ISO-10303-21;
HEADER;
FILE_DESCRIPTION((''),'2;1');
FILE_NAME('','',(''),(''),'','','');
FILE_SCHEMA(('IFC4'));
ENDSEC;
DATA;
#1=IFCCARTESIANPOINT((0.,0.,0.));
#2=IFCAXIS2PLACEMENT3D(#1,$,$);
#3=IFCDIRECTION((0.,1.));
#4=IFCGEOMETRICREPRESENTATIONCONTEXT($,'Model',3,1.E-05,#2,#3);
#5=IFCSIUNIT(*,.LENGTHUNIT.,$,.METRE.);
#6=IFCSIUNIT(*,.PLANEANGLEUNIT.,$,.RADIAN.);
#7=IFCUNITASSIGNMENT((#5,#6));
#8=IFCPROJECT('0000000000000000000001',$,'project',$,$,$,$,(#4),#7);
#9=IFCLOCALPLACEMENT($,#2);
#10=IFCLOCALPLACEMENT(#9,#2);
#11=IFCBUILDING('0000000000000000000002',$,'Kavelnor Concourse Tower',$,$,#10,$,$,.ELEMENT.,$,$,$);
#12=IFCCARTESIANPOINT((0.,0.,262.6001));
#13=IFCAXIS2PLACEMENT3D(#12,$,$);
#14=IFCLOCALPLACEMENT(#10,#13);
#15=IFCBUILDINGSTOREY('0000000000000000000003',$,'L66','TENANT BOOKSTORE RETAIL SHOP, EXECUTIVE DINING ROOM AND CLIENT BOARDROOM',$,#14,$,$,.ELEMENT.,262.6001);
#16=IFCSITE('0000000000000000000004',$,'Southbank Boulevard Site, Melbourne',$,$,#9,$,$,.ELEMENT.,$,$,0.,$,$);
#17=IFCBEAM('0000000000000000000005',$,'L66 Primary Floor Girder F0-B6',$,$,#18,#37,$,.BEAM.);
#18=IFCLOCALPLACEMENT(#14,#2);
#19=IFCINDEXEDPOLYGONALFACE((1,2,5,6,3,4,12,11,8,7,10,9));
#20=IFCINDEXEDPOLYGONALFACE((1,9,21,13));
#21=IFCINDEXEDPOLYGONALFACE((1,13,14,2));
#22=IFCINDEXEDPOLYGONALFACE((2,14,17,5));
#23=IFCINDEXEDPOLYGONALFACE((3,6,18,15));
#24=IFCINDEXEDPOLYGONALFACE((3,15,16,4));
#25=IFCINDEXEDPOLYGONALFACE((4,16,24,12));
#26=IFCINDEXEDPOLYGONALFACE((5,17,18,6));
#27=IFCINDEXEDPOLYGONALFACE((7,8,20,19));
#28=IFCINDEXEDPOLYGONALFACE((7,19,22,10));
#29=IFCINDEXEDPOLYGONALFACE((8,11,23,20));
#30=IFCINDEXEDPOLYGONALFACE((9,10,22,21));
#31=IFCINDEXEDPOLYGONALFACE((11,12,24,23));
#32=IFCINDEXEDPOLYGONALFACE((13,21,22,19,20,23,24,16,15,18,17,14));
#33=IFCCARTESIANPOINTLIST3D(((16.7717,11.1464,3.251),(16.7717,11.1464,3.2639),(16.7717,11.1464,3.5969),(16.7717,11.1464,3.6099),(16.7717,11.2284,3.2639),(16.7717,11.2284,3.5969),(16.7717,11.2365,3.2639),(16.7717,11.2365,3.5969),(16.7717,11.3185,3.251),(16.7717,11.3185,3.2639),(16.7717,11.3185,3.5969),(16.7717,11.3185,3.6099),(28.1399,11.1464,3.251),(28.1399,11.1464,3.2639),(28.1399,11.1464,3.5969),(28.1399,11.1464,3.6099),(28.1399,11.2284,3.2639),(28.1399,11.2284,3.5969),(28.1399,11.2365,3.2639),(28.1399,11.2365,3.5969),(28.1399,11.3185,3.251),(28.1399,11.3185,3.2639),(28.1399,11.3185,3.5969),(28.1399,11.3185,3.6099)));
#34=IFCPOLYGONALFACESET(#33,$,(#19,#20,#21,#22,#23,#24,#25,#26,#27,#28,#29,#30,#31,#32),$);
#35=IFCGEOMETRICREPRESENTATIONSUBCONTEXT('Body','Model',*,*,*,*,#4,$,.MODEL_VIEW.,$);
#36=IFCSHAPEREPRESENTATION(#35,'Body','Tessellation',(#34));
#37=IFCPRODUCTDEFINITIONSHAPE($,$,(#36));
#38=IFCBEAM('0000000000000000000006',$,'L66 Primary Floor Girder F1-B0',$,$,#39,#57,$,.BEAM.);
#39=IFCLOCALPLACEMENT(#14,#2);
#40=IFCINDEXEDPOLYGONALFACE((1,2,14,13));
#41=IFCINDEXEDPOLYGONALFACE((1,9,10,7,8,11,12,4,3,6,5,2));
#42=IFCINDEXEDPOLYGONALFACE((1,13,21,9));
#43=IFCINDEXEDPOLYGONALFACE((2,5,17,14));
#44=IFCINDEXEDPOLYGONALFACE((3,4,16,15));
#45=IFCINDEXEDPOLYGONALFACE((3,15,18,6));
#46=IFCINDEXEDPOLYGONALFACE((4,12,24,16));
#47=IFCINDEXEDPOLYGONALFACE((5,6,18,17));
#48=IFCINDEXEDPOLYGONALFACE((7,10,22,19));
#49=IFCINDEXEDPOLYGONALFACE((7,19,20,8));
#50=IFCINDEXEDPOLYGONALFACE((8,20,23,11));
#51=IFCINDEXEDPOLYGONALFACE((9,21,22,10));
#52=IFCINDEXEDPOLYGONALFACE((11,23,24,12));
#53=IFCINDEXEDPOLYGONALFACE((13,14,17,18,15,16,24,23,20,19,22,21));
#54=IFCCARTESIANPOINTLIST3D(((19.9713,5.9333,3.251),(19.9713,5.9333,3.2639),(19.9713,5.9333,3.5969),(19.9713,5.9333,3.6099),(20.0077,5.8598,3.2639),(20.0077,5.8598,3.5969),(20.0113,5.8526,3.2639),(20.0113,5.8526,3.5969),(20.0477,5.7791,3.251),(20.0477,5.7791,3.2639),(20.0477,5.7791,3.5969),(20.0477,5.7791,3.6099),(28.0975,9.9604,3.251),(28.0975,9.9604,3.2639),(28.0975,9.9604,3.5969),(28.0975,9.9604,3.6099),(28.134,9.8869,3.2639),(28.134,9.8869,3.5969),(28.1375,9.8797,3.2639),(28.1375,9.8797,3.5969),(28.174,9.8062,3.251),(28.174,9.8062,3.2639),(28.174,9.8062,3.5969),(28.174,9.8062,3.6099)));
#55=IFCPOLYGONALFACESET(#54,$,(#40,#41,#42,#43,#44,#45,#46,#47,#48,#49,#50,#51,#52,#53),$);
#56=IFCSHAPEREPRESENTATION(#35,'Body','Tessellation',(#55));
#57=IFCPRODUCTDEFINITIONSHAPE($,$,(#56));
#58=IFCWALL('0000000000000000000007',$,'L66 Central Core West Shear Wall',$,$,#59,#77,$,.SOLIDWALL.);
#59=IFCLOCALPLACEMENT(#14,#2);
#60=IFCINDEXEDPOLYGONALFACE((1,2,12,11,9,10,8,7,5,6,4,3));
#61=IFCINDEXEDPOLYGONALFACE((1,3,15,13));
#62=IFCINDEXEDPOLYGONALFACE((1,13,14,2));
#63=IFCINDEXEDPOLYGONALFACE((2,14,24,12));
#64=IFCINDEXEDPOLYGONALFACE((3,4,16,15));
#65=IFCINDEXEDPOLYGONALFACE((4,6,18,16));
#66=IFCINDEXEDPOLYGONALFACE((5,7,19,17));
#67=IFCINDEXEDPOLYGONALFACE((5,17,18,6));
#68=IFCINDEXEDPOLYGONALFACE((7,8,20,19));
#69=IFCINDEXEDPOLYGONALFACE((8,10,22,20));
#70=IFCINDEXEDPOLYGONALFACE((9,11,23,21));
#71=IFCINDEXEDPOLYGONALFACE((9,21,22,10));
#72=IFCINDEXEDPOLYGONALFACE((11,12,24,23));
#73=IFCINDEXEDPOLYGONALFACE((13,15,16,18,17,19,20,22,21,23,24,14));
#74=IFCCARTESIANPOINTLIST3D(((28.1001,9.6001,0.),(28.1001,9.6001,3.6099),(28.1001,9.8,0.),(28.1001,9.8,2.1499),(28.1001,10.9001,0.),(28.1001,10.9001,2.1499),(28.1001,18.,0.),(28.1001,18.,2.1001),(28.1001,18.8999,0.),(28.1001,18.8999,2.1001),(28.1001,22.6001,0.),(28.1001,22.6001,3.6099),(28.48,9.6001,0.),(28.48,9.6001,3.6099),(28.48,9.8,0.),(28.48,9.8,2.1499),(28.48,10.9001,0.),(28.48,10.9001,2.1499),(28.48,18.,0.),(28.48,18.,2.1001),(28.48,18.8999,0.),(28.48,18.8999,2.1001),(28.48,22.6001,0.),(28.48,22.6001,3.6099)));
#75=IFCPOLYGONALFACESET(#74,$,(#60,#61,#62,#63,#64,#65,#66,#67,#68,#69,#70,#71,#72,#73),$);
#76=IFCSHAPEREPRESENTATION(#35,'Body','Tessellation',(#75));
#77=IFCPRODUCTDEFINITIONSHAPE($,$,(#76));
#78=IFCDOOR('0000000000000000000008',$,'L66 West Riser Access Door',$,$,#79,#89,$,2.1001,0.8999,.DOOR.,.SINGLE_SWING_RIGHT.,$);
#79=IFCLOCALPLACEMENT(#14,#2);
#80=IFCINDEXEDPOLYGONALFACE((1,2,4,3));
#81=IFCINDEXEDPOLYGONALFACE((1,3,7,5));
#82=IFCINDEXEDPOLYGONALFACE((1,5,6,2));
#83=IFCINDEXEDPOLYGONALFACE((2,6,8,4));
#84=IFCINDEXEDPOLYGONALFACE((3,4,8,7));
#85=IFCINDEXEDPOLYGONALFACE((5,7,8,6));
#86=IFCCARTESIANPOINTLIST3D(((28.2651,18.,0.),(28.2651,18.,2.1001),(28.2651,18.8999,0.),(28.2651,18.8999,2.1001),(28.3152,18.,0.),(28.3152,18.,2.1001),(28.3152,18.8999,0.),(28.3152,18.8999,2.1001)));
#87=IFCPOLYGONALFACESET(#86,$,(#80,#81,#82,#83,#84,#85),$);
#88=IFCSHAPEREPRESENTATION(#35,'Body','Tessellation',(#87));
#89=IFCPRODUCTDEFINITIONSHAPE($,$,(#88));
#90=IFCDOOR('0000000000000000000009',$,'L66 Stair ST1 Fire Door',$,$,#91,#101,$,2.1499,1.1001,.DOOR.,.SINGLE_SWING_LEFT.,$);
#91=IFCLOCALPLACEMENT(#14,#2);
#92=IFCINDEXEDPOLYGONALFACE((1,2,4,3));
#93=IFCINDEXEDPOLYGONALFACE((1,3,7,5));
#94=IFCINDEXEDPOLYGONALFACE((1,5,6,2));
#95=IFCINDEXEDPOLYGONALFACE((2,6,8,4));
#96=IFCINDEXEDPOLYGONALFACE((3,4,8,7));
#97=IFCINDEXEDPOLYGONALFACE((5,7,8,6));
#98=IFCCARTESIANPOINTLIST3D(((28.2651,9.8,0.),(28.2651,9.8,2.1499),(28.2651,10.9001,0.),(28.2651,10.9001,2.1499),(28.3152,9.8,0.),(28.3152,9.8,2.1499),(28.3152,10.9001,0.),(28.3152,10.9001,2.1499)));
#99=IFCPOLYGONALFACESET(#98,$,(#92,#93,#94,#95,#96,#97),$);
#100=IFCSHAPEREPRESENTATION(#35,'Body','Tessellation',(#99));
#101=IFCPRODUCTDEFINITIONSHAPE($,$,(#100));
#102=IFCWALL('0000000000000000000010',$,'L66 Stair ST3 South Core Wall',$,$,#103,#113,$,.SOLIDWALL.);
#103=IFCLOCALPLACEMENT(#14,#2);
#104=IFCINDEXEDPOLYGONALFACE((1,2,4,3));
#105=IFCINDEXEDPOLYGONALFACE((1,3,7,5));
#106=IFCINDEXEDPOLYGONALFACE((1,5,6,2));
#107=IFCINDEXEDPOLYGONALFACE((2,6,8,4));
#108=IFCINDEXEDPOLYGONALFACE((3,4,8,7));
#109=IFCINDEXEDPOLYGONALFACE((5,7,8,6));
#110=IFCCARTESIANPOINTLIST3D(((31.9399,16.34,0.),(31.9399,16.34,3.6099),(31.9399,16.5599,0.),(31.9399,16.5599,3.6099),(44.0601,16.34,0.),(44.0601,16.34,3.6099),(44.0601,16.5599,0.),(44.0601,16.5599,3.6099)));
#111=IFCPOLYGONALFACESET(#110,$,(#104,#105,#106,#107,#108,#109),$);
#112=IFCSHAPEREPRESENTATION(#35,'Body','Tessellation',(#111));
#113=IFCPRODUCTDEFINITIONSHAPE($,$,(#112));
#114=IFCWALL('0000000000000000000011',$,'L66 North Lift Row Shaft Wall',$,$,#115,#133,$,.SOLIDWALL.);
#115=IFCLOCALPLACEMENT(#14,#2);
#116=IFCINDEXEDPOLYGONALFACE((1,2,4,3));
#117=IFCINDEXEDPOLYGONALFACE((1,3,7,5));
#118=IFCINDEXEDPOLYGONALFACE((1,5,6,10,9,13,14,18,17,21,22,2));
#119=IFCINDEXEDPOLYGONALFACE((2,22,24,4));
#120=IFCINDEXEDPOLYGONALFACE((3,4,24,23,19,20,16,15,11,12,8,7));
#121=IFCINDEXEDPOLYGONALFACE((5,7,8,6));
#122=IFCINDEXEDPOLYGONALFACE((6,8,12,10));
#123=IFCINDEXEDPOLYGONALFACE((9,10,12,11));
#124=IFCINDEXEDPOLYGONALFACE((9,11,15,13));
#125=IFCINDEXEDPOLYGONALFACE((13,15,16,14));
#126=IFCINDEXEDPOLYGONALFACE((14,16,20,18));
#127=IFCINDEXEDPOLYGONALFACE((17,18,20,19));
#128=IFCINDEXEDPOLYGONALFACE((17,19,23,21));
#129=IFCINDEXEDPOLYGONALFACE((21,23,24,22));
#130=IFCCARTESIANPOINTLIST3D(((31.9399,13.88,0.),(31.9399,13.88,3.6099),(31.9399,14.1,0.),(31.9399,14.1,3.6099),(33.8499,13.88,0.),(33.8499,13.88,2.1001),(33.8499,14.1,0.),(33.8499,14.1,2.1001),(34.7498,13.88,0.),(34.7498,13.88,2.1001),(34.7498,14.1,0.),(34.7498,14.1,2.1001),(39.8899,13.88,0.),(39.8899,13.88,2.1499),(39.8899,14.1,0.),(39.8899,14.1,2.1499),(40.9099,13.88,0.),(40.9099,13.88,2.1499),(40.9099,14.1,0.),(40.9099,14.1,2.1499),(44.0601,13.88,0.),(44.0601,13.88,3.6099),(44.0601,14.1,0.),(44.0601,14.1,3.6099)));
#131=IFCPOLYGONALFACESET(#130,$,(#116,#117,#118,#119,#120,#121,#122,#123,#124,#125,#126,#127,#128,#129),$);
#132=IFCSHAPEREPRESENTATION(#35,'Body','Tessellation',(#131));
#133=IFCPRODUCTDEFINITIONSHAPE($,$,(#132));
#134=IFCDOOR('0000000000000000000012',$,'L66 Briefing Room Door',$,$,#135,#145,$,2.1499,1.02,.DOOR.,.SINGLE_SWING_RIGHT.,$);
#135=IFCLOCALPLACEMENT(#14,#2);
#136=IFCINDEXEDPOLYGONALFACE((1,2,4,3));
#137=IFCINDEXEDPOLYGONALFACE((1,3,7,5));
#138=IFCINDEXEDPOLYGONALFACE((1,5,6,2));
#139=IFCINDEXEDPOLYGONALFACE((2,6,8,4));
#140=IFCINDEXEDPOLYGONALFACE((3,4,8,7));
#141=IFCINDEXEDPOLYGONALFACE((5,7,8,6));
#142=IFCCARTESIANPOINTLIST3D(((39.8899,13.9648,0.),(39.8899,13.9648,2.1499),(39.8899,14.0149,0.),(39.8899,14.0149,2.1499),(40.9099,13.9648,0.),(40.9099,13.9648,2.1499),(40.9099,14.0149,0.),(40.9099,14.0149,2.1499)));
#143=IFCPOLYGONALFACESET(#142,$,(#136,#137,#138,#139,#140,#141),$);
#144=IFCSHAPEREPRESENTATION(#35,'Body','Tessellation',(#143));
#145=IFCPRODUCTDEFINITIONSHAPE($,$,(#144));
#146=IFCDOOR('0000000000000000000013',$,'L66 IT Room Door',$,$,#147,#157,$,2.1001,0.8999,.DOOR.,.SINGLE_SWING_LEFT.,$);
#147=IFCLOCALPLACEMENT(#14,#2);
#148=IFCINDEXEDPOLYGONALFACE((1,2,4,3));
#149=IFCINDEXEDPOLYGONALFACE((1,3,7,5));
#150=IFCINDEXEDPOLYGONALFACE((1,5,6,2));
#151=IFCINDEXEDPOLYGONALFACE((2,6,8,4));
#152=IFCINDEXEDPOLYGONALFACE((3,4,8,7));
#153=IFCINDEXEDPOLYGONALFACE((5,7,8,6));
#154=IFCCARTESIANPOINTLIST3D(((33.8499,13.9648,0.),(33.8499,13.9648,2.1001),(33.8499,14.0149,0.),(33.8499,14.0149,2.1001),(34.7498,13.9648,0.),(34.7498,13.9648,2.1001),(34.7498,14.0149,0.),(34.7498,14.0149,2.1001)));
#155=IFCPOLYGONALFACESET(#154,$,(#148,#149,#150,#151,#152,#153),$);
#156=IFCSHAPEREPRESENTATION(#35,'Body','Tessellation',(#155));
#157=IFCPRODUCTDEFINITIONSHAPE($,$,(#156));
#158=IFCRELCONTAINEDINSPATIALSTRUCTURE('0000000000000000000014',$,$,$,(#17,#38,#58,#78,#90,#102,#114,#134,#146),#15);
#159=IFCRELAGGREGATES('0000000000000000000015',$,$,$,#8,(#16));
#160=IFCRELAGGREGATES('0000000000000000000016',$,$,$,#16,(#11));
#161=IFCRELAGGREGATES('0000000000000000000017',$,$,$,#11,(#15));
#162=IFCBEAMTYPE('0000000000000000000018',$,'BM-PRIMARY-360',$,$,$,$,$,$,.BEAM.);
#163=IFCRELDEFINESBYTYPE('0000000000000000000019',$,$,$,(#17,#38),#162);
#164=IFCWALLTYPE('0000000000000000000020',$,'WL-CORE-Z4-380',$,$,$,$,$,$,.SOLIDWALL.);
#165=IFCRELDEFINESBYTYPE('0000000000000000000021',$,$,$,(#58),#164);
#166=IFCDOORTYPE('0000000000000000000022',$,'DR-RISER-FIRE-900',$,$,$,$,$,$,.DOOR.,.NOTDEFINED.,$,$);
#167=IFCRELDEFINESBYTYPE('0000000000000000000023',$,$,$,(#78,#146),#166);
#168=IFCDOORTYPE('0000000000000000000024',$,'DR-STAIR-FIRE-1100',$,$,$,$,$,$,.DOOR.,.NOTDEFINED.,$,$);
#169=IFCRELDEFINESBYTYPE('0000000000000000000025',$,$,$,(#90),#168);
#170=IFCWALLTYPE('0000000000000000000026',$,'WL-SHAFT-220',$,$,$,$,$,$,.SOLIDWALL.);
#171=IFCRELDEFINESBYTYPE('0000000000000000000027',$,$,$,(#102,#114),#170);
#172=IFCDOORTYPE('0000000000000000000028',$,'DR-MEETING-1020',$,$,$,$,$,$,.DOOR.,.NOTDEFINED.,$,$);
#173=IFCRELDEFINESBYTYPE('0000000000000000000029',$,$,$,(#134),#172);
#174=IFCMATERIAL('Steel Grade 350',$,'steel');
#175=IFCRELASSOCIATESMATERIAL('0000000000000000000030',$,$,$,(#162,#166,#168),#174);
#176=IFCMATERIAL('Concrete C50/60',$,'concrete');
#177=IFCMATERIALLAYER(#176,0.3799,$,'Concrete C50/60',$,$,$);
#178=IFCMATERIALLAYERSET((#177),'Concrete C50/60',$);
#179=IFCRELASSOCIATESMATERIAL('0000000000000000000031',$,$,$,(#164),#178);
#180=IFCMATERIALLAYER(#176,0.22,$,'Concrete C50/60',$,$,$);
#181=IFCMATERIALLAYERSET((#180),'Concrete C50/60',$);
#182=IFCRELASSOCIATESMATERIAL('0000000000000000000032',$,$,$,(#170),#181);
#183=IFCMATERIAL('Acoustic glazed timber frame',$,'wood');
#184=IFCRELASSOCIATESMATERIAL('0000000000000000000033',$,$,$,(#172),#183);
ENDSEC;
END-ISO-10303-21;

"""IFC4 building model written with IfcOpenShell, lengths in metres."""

from ifc_helpers import new_model, si_unit, direction, frame, frame_2d, origin, origin_2d, place, context, subcontext, project, spatial, rectangle, i_section, extrude, material, layer, layer_set, material_profile, profile_set, type_object, element, fill, save


model = new_model("IFC4")

# Units and contexts
model_context = context("Model", 3, precision=1e-05, world=origin(), true_north=direction((0.0, 1.0)))
body_context = subcontext(model_context, "Body", "Model", "MODEL_VIEW")
ifc_project = project(units=[si_unit("LENGTHUNIT", "METRE"), si_unit("PLANEANGLEUNIT", "RADIAN")], contexts=[model_context])

# Site, building, storey
site_placement = place(None, origin())
site = spatial("IfcSite", under=ifc_project, at=site_placement, Name="Southbank Boulevard Site, Melbourne", CompositionType="ELEMENT", RefElevation=0.0)
building_placement = place(site_placement, origin())
building = spatial("IfcBuilding", under=site, at=building_placement, Name="Kavelnor Concourse Tower", CompositionType="ELEMENT")
storey_placement = place(building_placement, frame((0.0, 0.0, 262.6001)))
storey = spatial("IfcBuildingStorey", under=building, at=storey_placement, Name="L66", Description="TENANT BOOKSTORE RETAIL SHOP, EXECUTIVE DINING ROOM AND CLIENT BOARDROOM", CompositionType="ELEMENT", Elevation=262.6001)

# Beams
ifc_material_1 = material(Name="Steel Grade 350", Category="steel")
ifc_material_profile = material_profile(ifc_material_1, i_section(OverallWidth=0.1721, OverallDepth=0.3589, WebThickness=0.0081, FlangeThickness=0.0129, at=origin_2d()), Name="360UB56")
ifc_profile_set = profile_set([ifc_material_profile], Name="Steel Grade 350")
beam_type = type_object("IfcBeamType", Name="BM-PRIMARY-360", PredefinedType="BEAM", material=ifc_profile_set)
beam_1_placement = place(storey_placement, frame((28.1399, 11.2324, 3.4304), z_axis=(-1.0, 0.0, 0.0), x_axis=(0.0, -1.0, 0.0)))
element("IfcBeam", 1, at=beam_1_placement, inside=storey, type_object=beam_type, Name="L66 Primary Floor Girder F0-B6", PredefinedType="BEAM", context=body_context, shape_type="SweptSolid", body=[
    extrude(i_section(OverallWidth=0.1721, OverallDepth=0.3589, WebThickness=0.0081, FlangeThickness=0.0129, at=origin_2d()), origin(), (0.0, 0.0, 1.0), 11.3682),
])
beam_2_placement = place(storey_placement, frame((28.1357, 9.8833, 3.4304), z_axis=(-0.89601, -0.444034, 0.0), x_axis=(0.444034, -0.89601, 0.0)))
element("IfcBeam", 2, at=beam_2_placement, inside=storey, type_object=beam_type, Name="L66 Primary Floor Girder F1-B0", PredefinedType="BEAM", context=body_context, shape_type="SweptSolid", body=[
    extrude(i_section(OverallWidth=0.1721, OverallDepth=0.3589, WebThickness=0.0081, FlangeThickness=0.0129, at=origin_2d()), origin(), (0.0, 0.0, 1.0), 9.0693),
])

# Wall, openings, doors
ifc_material_2 = material(Name="Concrete C50/60", Category="concrete")
ifc_layer_1 = layer(ifc_material_2, 0.3799, Name="Concrete C50/60")
ifc_layer_set_1 = layer_set([ifc_layer_1], Name="Concrete C50/60")
wall_type_1 = type_object("IfcWallType", Name="WL-CORE-Z4-380", PredefinedType="SOLIDWALL", material=ifc_layer_set_1)
wall_1_placement = place(storey_placement, frame((28.29, 9.6001, 0.0), z_axis=(0.0, 0.0, 1.0), x_axis=(0.0, 1.0, 0.0)))
wall_1 = element("IfcWall", 3, at=wall_1_placement, inside=storey, type_object=wall_type_1, Name="L66 Central Core West Shear Wall", PredefinedType="SOLIDWALL", context=body_context, shape_type="SweptSolid", body=[
    extrude(rectangle(XDim=13.0, YDim=0.3799, at=frame_2d((6.5, 0.0))), origin(), (0.0, 0.0, 1.0), 3.6099),
])
opening_1_placement = place(wall_1_placement, frame((0.2, 0.0, 0.0)))
opening_1 = element("IfcOpeningElement", 4, at=opening_1_placement, cuts=wall_1, PredefinedType="OPENING", context=body_context, shape_type="SweptSolid", body=[
    extrude(rectangle(XDim=1.1001, YDim=2.1499, at=frame_2d((0.55, 1.075))), frame((0.0, 0.2, 0.0), z_axis=(0.0, -1.0, 0.0), x_axis=(1.0, 0.0, 0.0)), (0.0, 0.0, 1.0), 0.3999),
])
opening_2_placement = place(wall_1_placement, frame((8.3999, 0.0, 0.0)))
opening_2 = element("IfcOpeningElement", 5, at=opening_2_placement, cuts=wall_1, PredefinedType="OPENING", context=body_context, shape_type="SweptSolid", body=[
    extrude(rectangle(XDim=0.8999, YDim=2.1001, at=frame_2d((0.45, 1.05))), frame((0.0, 0.2, 0.0), z_axis=(0.0, -1.0, 0.0), x_axis=(1.0, 0.0, 0.0)), (0.0, 0.0, 1.0), 0.3999),
])
door_type_1 = type_object("IfcDoorType", Name="DR-RISER-FIRE-900", OperationType="NOTDEFINED", PredefinedType="DOOR", material=ifc_material_1)
door_1_placement = place(opening_2_placement, origin())
door_1 = element("IfcDoor", 6, at=door_1_placement, inside=storey, type_object=door_type_1, Name="L66 West Riser Access Door", OperationType="SINGLE_SWING_RIGHT", OverallHeight=2.1001, OverallWidth=0.8999, PredefinedType="DOOR", context=body_context, shape_type="SweptSolid", body=[
    extrude(rectangle(XDim=0.8999, YDim=2.1001, at=frame_2d((0.45, 1.05))), frame((0.0, 0.0249, 0.0), z_axis=(0.0, -1.0, 0.0), x_axis=(1.0, 0.0, 0.0)), (0.0, 0.0, 1.0), 0.05),
])
fill(opening_2, door_1)
door_type_2 = type_object("IfcDoorType", Name="DR-STAIR-FIRE-1100", OperationType="NOTDEFINED", PredefinedType="DOOR", material=ifc_material_1)
door_2_placement = place(opening_1_placement, origin())
door_2 = element("IfcDoor", 7, at=door_2_placement, inside=storey, type_object=door_type_2, Name="L66 Stair ST1 Fire Door", OperationType="SINGLE_SWING_LEFT", OverallHeight=2.1499, OverallWidth=1.1001, PredefinedType="DOOR", context=body_context, shape_type="SweptSolid", body=[
    extrude(rectangle(XDim=1.1001, YDim=2.1499, at=frame_2d((0.55, 1.075))), frame((0.0, 0.0249, 0.0), z_axis=(0.0, -1.0, 0.0), x_axis=(1.0, 0.0, 0.0)), (0.0, 0.0, 1.0), 0.05),
])
fill(opening_1, door_2)

# Wall
ifc_layer_2 = layer(ifc_material_2, 0.22, Name="Concrete C50/60")
ifc_layer_set_2 = layer_set([ifc_layer_2], Name="Concrete C50/60")
wall_type_2 = type_object("IfcWallType", Name="WL-SHAFT-220", PredefinedType="SOLIDWALL", material=ifc_layer_set_2)
wall_2_placement = place(storey_placement, frame((31.9399, 16.45, 0.0), z_axis=(0.0, 0.0, 1.0), x_axis=(1.0, 0.0, 0.0)))
element("IfcWall", 8, at=wall_2_placement, inside=storey, type_object=wall_type_2, Name="L66 Stair ST3 South Core Wall", PredefinedType="SOLIDWALL", context=body_context, shape_type="SweptSolid", body=[
    extrude(rectangle(XDim=12.1201, YDim=0.22, at=frame_2d((6.0601, 0.0))), origin(), (0.0, 0.0, 1.0), 3.6099),
])

# Wall, openings, doors
wall_3_placement = place(storey_placement, frame((31.9399, 13.99, 0.0), z_axis=(0.0, 0.0, 1.0), x_axis=(1.0, 0.0, 0.0)))
wall_3 = element("IfcWall", 9, at=wall_3_placement, inside=storey, type_object=wall_type_2, Name="L66 North Lift Row Shaft Wall", PredefinedType="SOLIDWALL", context=body_context, shape_type="SweptSolid", body=[
    extrude(rectangle(XDim=12.1201, YDim=0.22, at=frame_2d((6.0601, 0.0))), origin(), (0.0, 0.0, 1.0), 3.6099),
])
opening_3_placement = place(wall_3_placement, frame((1.9099, 0.0, 0.0)))
opening_3 = element("IfcOpeningElement", 10, at=opening_3_placement, cuts=wall_3, PredefinedType="OPENING", context=body_context, shape_type="SweptSolid", body=[
    extrude(rectangle(XDim=0.8999, YDim=2.1001, at=frame_2d((0.45, 1.05))), frame((0.0, 0.1201, 0.0), z_axis=(0.0, -1.0, 0.0), x_axis=(1.0, 0.0, 0.0)), (0.0, 0.0, 1.0), 0.24),
])
opening_4_placement = place(wall_3_placement, frame((7.95, 0.0, 0.0)))
opening_4 = element("IfcOpeningElement", 11, at=opening_4_placement, cuts=wall_3, PredefinedType="OPENING", context=body_context, shape_type="SweptSolid", body=[
    extrude(rectangle(XDim=1.02, YDim=2.1499, at=frame_2d((0.51, 1.075))), frame((0.0, 0.1201, 0.0), z_axis=(0.0, -1.0, 0.0), x_axis=(1.0, 0.0, 0.0)), (0.0, 0.0, 1.0), 0.24),
])
ifc_material_3 = material(Name="Acoustic glazed timber frame", Category="wood")
door_type_3 = type_object("IfcDoorType", Name="DR-MEETING-1020", OperationType="NOTDEFINED", PredefinedType="DOOR", material=ifc_material_3)
door_3_placement = place(opening_4_placement, origin())
door_3 = element("IfcDoor", 12, at=door_3_placement, inside=storey, type_object=door_type_3, Name="L66 Briefing Room Door", OperationType="SINGLE_SWING_RIGHT", OverallHeight=2.1499, OverallWidth=1.02, PredefinedType="DOOR", context=body_context, shape_type="SweptSolid", body=[
    extrude(rectangle(XDim=1.02, YDim=2.1499, at=frame_2d((0.51, 1.075))), frame((0.0, 0.0249, 0.0), z_axis=(0.0, -1.0, 0.0), x_axis=(1.0, 0.0, 0.0)), (0.0, 0.0, 1.0), 0.05),
])
fill(opening_4, door_3)
door_4_placement = place(opening_3_placement, origin())
door_4 = element("IfcDoor", 13, at=door_4_placement, inside=storey, type_object=door_type_1, Name="L66 IT Room Door", OperationType="SINGLE_SWING_LEFT", OverallHeight=2.1001, OverallWidth=0.8999, PredefinedType="DOOR", context=body_context, shape_type="SweptSolid", body=[
    extrude(rectangle(XDim=0.8999, YDim=2.1001, at=frame_2d((0.45, 1.05))), frame((0.0, 0.0249, 0.0), z_axis=(0.0, -1.0, 0.0), x_axis=(1.0, 0.0, 0.0)), (0.0, 0.0, 1.0), 0.05),
])
fill(opening_3, door_4)

save(model, "model.ifc")
